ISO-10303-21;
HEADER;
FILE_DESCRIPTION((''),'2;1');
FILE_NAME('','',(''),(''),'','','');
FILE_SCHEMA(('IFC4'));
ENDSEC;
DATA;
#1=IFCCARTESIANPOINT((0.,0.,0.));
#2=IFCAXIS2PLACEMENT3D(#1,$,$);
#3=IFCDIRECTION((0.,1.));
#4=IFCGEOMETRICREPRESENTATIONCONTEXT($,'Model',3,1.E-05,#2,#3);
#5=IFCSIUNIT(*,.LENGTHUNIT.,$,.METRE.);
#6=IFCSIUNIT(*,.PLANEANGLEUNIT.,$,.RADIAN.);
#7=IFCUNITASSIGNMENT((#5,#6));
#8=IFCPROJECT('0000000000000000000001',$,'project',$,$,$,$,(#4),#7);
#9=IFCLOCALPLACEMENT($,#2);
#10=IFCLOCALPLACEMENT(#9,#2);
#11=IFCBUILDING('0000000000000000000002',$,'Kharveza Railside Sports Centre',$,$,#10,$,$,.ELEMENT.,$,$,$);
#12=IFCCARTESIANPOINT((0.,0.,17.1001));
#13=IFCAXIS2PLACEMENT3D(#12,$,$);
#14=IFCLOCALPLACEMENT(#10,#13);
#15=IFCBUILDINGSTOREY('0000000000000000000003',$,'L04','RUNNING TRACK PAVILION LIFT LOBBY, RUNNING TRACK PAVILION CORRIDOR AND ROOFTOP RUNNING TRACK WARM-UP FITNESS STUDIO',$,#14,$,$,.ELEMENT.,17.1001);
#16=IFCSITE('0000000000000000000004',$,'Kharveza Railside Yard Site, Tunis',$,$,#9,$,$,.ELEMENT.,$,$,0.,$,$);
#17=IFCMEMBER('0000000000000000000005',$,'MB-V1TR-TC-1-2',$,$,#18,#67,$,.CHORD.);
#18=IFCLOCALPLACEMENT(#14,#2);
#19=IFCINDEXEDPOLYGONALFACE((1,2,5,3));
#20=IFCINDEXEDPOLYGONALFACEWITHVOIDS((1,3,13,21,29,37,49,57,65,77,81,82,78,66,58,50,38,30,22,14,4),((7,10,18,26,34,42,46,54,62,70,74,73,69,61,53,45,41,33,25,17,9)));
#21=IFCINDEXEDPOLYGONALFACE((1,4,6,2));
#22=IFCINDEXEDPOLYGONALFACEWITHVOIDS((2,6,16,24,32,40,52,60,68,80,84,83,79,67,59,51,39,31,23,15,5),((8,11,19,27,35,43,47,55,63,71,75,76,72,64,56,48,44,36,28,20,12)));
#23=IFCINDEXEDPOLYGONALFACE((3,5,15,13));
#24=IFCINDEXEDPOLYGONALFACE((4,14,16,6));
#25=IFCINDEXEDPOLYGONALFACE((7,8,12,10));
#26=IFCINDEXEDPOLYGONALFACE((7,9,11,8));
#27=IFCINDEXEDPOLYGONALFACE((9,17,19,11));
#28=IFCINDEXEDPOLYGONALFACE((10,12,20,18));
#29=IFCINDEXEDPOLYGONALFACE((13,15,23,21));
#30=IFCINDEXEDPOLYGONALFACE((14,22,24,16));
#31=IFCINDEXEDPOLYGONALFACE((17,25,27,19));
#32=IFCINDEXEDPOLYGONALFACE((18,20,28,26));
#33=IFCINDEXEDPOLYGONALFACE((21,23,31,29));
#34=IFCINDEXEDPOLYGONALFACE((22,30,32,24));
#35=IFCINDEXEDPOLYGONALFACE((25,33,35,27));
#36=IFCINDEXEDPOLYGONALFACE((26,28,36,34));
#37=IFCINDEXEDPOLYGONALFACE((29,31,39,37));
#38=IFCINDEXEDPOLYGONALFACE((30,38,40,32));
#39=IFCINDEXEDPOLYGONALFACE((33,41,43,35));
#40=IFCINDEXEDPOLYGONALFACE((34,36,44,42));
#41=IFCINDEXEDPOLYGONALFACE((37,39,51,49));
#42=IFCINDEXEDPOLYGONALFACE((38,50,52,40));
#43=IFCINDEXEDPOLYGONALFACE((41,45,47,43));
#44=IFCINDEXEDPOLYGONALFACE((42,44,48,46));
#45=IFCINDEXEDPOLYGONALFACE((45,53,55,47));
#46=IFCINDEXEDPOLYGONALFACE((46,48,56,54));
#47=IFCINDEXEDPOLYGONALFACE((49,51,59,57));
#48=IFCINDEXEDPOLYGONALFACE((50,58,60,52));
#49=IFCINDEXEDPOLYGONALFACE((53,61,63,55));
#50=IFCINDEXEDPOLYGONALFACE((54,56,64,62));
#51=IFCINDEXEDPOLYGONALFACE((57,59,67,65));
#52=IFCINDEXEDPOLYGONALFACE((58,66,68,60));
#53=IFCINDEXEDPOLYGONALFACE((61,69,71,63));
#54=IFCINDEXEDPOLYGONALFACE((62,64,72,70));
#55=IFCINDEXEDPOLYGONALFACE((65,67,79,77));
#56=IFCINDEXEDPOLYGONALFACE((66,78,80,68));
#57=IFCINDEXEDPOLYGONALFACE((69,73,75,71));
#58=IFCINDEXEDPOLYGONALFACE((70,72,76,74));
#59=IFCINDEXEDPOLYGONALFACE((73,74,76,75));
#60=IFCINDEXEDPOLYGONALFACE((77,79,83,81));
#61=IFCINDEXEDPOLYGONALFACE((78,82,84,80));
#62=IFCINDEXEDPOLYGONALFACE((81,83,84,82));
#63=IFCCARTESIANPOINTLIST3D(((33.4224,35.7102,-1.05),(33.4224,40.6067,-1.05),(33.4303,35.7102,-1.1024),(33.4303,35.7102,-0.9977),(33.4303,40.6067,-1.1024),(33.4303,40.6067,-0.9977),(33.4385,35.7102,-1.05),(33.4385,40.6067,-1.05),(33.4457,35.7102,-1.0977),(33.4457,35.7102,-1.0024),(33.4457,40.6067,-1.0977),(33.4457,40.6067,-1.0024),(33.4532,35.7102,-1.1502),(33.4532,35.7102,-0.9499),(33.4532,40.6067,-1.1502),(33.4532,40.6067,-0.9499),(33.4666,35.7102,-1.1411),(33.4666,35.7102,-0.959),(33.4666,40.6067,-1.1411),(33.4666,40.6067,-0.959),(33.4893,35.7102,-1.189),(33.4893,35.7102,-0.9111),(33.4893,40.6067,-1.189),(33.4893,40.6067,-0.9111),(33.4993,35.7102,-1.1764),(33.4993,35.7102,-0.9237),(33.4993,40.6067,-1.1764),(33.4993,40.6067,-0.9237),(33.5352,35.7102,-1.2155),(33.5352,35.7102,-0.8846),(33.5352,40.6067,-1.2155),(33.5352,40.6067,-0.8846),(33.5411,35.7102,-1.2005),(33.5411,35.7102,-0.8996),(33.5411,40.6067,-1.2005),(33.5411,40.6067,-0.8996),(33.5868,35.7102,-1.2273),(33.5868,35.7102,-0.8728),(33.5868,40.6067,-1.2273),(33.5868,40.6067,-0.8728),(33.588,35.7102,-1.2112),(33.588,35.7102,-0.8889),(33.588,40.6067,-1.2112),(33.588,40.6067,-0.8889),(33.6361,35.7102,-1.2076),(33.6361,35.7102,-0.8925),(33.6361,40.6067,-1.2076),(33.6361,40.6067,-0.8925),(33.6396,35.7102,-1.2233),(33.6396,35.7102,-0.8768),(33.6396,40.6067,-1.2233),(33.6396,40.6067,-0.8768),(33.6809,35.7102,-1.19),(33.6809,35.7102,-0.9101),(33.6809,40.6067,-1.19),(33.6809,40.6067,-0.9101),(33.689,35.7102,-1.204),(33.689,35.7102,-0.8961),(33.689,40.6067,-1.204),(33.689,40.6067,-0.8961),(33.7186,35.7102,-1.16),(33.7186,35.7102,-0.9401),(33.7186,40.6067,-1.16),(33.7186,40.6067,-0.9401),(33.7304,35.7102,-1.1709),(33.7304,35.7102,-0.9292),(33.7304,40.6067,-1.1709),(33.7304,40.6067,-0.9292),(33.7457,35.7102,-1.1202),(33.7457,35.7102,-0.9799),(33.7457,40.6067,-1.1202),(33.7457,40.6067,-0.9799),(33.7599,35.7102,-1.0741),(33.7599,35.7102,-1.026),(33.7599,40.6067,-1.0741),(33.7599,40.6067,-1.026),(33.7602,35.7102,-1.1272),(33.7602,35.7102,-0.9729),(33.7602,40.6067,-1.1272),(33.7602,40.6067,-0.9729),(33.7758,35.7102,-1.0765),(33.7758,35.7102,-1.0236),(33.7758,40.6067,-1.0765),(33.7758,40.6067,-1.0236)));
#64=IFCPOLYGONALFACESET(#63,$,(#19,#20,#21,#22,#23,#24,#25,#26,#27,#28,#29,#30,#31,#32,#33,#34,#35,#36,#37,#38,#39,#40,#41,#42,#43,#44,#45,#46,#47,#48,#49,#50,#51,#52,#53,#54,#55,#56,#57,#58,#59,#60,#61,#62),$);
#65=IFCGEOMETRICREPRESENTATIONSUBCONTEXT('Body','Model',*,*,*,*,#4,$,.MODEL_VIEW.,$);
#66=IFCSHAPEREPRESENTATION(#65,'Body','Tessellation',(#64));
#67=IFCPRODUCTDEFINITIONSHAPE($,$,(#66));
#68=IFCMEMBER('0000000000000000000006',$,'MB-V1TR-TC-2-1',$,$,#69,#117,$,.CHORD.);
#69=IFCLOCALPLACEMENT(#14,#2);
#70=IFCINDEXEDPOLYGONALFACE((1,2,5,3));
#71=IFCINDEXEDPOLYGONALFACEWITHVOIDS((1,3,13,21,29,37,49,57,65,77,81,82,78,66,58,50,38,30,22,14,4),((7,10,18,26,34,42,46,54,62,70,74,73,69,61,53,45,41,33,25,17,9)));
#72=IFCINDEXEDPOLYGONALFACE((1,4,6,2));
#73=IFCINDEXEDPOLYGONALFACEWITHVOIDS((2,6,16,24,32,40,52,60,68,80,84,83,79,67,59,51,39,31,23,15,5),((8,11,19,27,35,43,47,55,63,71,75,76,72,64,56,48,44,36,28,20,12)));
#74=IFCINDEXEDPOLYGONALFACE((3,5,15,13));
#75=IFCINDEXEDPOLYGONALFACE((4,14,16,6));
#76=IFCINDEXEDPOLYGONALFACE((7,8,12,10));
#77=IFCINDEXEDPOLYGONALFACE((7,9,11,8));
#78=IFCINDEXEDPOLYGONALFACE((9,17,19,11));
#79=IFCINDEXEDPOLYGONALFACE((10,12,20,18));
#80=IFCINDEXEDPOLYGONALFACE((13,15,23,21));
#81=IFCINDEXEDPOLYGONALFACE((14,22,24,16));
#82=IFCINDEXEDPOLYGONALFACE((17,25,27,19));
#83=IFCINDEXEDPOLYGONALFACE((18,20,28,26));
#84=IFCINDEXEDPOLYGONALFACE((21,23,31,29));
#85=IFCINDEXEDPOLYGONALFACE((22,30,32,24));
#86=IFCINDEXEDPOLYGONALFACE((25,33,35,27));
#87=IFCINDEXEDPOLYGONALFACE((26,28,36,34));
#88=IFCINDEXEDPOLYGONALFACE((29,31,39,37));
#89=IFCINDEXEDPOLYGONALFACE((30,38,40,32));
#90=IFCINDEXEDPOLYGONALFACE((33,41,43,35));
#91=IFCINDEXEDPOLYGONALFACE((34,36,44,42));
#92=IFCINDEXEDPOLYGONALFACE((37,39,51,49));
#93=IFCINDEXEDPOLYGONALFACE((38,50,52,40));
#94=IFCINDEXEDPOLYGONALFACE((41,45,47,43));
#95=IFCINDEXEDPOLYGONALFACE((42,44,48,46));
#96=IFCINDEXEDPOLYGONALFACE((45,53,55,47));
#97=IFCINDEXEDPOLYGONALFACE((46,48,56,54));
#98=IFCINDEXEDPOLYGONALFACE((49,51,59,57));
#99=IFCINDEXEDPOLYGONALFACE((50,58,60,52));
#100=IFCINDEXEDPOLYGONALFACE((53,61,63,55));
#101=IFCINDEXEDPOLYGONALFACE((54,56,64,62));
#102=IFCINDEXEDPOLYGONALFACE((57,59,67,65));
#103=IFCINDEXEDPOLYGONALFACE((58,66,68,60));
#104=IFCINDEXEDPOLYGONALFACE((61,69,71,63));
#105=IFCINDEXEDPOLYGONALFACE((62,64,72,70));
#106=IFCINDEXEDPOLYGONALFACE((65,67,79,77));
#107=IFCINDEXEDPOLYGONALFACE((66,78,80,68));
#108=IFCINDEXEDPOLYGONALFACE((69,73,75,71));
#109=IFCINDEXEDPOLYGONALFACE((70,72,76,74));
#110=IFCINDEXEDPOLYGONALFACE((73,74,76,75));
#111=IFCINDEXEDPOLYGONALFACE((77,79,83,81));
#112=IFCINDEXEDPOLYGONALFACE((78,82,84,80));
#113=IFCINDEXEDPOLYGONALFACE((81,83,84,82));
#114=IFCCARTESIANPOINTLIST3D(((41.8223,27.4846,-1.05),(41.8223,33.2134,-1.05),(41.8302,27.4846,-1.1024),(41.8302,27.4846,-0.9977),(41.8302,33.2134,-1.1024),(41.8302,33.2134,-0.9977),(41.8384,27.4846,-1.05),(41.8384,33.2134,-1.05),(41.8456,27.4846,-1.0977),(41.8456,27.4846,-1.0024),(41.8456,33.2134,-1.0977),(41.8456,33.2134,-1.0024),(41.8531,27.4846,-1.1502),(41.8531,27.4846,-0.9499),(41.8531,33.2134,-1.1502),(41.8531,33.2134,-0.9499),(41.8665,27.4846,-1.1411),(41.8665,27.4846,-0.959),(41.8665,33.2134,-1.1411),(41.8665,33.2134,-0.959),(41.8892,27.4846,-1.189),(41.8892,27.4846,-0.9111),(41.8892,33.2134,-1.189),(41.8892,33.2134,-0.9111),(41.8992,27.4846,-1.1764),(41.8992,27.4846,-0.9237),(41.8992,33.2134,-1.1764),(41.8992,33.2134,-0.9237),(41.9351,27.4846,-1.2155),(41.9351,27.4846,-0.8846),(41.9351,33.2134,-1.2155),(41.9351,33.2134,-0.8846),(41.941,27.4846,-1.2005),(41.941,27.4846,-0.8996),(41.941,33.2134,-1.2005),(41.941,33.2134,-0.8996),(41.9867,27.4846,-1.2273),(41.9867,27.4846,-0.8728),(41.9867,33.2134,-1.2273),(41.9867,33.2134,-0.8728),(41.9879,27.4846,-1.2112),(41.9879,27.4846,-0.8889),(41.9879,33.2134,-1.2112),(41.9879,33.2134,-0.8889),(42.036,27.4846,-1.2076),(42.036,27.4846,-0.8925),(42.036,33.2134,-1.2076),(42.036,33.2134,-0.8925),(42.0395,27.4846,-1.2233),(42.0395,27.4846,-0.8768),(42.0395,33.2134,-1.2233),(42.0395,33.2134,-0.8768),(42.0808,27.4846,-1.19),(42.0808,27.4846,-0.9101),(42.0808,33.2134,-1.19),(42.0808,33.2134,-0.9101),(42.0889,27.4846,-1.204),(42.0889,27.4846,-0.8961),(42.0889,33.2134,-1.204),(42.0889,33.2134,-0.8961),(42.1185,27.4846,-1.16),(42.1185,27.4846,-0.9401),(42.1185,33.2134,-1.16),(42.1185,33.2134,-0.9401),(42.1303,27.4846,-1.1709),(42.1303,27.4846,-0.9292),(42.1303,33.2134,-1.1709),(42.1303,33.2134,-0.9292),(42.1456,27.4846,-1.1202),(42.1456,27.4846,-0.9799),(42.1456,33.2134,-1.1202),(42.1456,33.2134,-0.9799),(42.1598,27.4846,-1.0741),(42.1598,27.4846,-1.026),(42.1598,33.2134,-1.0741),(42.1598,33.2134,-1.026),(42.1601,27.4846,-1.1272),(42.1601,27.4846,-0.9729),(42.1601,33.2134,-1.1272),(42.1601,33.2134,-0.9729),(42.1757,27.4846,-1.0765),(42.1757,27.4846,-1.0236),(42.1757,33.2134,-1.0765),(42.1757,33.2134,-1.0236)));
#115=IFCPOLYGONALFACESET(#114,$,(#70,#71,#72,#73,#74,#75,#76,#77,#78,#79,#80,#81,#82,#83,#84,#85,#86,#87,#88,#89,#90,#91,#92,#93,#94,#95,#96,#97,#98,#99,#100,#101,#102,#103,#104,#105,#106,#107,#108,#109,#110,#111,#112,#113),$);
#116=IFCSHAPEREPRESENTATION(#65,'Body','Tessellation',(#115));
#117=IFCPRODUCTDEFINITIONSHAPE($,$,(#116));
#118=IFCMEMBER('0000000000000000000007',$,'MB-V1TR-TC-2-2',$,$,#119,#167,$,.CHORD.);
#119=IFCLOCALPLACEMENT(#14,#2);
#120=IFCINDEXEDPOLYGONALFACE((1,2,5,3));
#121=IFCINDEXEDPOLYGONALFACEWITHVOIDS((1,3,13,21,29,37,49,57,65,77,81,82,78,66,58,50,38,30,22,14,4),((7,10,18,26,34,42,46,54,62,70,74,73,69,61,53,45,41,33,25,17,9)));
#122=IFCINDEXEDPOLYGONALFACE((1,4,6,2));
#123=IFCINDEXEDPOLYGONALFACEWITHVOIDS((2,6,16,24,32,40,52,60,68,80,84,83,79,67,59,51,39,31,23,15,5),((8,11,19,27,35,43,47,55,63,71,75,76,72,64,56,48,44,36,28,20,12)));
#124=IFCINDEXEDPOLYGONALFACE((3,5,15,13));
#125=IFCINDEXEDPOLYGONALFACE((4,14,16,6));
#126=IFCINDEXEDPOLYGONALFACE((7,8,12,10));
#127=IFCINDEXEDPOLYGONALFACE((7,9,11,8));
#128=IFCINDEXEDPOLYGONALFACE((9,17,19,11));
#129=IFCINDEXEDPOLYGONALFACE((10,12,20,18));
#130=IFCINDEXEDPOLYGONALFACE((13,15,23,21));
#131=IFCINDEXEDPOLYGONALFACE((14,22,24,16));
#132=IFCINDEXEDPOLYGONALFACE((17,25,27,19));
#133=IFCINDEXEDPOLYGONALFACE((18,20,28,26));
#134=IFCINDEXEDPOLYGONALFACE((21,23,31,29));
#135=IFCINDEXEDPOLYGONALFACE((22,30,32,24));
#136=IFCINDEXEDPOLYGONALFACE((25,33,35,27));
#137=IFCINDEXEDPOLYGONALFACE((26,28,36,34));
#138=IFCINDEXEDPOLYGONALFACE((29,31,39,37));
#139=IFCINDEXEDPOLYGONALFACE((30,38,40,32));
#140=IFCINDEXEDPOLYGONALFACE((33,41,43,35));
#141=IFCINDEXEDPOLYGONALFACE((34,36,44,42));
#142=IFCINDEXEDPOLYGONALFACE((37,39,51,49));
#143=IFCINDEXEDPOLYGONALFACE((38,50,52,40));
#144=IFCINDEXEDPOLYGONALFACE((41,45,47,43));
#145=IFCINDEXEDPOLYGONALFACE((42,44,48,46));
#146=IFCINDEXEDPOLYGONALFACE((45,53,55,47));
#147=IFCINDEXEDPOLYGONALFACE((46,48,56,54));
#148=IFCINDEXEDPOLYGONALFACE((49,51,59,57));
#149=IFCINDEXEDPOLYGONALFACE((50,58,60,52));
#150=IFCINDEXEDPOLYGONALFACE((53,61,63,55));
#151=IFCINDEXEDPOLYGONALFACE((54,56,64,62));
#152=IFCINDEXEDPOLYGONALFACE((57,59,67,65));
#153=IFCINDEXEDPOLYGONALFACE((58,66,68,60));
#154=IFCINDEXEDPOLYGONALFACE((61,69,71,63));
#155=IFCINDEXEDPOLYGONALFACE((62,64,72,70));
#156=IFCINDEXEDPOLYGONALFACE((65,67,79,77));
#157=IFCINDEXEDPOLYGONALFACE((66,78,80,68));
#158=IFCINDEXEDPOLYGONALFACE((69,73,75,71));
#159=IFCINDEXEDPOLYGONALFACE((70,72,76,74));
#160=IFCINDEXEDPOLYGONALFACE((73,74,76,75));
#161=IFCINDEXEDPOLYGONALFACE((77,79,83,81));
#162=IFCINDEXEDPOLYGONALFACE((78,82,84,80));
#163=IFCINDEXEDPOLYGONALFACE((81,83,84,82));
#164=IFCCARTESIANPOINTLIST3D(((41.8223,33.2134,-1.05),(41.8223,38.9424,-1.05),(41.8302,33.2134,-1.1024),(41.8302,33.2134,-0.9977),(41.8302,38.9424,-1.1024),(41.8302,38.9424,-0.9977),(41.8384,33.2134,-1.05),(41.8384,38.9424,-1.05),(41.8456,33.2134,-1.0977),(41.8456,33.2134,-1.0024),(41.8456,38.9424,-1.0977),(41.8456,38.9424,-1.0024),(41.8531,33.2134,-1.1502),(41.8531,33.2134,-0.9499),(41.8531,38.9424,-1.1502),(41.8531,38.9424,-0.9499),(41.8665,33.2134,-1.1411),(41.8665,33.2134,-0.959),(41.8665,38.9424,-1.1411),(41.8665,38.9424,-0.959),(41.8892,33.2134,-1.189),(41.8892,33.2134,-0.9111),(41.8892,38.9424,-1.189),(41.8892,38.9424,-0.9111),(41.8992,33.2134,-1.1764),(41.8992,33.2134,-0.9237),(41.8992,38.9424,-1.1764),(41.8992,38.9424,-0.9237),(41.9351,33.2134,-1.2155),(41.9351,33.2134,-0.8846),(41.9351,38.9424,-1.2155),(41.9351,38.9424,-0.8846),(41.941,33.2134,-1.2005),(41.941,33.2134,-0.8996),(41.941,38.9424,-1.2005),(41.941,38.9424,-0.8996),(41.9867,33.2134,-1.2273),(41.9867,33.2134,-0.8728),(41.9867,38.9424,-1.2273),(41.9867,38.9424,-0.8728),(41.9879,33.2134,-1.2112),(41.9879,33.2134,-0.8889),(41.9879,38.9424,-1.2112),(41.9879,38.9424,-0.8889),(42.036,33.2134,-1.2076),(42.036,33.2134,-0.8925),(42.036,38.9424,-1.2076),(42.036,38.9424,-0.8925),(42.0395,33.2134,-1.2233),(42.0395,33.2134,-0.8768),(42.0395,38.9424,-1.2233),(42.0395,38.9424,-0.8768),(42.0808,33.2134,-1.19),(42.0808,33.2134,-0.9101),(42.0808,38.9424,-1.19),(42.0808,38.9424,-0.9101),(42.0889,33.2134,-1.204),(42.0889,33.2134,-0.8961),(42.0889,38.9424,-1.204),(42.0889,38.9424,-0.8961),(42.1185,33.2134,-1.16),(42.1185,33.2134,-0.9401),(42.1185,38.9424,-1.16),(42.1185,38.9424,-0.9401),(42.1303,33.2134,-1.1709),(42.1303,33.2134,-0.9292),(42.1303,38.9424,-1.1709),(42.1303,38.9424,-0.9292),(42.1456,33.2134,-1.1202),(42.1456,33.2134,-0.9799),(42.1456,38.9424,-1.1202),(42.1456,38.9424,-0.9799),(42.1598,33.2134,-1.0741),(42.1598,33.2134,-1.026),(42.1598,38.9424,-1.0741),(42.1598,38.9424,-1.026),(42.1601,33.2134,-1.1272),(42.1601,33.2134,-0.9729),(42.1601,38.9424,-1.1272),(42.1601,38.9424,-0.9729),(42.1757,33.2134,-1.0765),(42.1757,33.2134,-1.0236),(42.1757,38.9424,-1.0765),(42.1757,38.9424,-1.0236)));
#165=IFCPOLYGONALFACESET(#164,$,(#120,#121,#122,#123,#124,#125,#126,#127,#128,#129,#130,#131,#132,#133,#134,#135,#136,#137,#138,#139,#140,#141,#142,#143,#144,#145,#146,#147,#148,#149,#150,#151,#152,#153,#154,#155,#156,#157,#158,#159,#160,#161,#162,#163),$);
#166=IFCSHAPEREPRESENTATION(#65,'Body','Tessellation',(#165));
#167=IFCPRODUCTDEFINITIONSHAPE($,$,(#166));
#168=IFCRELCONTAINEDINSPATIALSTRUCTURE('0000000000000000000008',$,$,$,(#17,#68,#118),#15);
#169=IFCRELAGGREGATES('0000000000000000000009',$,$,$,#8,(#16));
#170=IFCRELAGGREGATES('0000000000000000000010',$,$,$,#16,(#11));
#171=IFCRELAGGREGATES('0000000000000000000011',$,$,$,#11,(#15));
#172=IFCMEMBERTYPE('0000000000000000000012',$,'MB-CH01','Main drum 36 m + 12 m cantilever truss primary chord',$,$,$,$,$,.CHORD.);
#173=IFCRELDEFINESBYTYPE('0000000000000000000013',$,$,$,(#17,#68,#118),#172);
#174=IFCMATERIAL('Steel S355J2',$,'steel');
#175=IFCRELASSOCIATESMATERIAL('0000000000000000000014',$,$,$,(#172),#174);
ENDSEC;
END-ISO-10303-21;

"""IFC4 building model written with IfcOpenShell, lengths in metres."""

from ifc_helpers import new_model, si_unit, direction, frame, origin, origin_2d, place, context, subcontext, project, spatial, hollow_circle, extrude, material, material_profile, profile_set, type_object, element, save


model = new_model("IFC4")

# Units and contexts
model_context = context("Model", 3, precision=1e-05, world=origin(), true_north=direction((0.0, 1.0)))
body_context = subcontext(model_context, "Body", "Model", "MODEL_VIEW")
ifc_project = project(units=[si_unit("LENGTHUNIT", "METRE"), si_unit("PLANEANGLEUNIT", "RADIAN")], contexts=[model_context])

# Site, building, storey
site_placement = place(None, origin())
site = spatial("IfcSite", under=ifc_project, at=site_placement, Name="Kharveza Railside Yard Site, Tunis", CompositionType="ELEMENT", RefElevation=0.0)
building_placement = place(site_placement, origin())
building = spatial("IfcBuilding", under=site, at=building_placement, Name="Kharveza Railside Sports Centre", CompositionType="ELEMENT")
storey_placement = place(building_placement, frame((0.0, 0.0, 17.1001)))
storey = spatial("IfcBuildingStorey", under=building, at=storey_placement, Name="L04", Description="RUNNING TRACK PAVILION LIFT LOBBY, RUNNING TRACK PAVILION CORRIDOR AND ROOFTOP RUNNING TRACK WARM-UP FITNESS STUDIO", CompositionType="ELEMENT", Elevation=17.1001)

# Shared definitions
ifc_material_1 = material(Name="Steel S355J2", Category="steel")

# Members
ifc_material_profile_1 = material_profile(ifc_material_1, hollow_circle(Radius=0.1777, WallThickness=0.0161, at=origin_2d()), Name="CHS 355.6x16.0")
ifc_profile_set_1 = profile_set([ifc_material_profile_1], Name="Steel S355J2")
member_type_1 = type_object("IfcMemberType", Name="MB-CH01", Description="Main drum 36 m + 12 m cantilever truss primary chord", PredefinedType="CHORD", material=ifc_profile_set_1)
member_1_placement = place(storey_placement, frame((33.6001, 35.7102, -1.05), z_axis=(0.0, 1.0, 0.0), x_axis=(-1.0, 0.0, 0.0)))
element("IfcMember", 1, at=member_1_placement, inside=storey, type_object=member_type_1, Name="MB-V1TR-TC-1-2", PredefinedType="CHORD", context=body_context, shape_type="SweptSolid", body=[
    extrude(hollow_circle(Radius=0.1777, WallThickness=0.0161, at=origin_2d()), origin(), (0.0, 0.0, 1.0), 4.8965),
])
member_2_placement = place(storey_placement, frame((42.0, 27.4846, -1.05), z_axis=(0.0, 1.0, 0.0), x_axis=(-1.0, 0.0, 0.0)))
element("IfcMember", 2, at=member_2_placement, inside=storey, type_object=member_type_1, Name="MB-V1TR-TC-2-1", PredefinedType="CHORD", context=body_context, shape_type="SweptSolid", body=[
    extrude(hollow_circle(Radius=0.1777, WallThickness=0.0161, at=origin_2d()), origin(), (0.0, 0.0, 1.0), 5.7288),
])
member_3_placement = place(storey_placement, frame((42.0, 33.2134, -1.05), z_axis=(0.0, 1.0, 0.0), x_axis=(-1.0, 0.0, 0.0)))
element("IfcMember", 3, at=member_3_placement, inside=storey, type_object=member_type_1, Name="MB-V1TR-TC-2-2", PredefinedType="CHORD", context=body_context, shape_type="SweptSolid", body=[
    extrude(hollow_circle(Radius=0.1777, WallThickness=0.0161, at=origin_2d()), origin(), (0.0, 0.0, 1.0), 5.729),
])

save(model, "model.ifc")
